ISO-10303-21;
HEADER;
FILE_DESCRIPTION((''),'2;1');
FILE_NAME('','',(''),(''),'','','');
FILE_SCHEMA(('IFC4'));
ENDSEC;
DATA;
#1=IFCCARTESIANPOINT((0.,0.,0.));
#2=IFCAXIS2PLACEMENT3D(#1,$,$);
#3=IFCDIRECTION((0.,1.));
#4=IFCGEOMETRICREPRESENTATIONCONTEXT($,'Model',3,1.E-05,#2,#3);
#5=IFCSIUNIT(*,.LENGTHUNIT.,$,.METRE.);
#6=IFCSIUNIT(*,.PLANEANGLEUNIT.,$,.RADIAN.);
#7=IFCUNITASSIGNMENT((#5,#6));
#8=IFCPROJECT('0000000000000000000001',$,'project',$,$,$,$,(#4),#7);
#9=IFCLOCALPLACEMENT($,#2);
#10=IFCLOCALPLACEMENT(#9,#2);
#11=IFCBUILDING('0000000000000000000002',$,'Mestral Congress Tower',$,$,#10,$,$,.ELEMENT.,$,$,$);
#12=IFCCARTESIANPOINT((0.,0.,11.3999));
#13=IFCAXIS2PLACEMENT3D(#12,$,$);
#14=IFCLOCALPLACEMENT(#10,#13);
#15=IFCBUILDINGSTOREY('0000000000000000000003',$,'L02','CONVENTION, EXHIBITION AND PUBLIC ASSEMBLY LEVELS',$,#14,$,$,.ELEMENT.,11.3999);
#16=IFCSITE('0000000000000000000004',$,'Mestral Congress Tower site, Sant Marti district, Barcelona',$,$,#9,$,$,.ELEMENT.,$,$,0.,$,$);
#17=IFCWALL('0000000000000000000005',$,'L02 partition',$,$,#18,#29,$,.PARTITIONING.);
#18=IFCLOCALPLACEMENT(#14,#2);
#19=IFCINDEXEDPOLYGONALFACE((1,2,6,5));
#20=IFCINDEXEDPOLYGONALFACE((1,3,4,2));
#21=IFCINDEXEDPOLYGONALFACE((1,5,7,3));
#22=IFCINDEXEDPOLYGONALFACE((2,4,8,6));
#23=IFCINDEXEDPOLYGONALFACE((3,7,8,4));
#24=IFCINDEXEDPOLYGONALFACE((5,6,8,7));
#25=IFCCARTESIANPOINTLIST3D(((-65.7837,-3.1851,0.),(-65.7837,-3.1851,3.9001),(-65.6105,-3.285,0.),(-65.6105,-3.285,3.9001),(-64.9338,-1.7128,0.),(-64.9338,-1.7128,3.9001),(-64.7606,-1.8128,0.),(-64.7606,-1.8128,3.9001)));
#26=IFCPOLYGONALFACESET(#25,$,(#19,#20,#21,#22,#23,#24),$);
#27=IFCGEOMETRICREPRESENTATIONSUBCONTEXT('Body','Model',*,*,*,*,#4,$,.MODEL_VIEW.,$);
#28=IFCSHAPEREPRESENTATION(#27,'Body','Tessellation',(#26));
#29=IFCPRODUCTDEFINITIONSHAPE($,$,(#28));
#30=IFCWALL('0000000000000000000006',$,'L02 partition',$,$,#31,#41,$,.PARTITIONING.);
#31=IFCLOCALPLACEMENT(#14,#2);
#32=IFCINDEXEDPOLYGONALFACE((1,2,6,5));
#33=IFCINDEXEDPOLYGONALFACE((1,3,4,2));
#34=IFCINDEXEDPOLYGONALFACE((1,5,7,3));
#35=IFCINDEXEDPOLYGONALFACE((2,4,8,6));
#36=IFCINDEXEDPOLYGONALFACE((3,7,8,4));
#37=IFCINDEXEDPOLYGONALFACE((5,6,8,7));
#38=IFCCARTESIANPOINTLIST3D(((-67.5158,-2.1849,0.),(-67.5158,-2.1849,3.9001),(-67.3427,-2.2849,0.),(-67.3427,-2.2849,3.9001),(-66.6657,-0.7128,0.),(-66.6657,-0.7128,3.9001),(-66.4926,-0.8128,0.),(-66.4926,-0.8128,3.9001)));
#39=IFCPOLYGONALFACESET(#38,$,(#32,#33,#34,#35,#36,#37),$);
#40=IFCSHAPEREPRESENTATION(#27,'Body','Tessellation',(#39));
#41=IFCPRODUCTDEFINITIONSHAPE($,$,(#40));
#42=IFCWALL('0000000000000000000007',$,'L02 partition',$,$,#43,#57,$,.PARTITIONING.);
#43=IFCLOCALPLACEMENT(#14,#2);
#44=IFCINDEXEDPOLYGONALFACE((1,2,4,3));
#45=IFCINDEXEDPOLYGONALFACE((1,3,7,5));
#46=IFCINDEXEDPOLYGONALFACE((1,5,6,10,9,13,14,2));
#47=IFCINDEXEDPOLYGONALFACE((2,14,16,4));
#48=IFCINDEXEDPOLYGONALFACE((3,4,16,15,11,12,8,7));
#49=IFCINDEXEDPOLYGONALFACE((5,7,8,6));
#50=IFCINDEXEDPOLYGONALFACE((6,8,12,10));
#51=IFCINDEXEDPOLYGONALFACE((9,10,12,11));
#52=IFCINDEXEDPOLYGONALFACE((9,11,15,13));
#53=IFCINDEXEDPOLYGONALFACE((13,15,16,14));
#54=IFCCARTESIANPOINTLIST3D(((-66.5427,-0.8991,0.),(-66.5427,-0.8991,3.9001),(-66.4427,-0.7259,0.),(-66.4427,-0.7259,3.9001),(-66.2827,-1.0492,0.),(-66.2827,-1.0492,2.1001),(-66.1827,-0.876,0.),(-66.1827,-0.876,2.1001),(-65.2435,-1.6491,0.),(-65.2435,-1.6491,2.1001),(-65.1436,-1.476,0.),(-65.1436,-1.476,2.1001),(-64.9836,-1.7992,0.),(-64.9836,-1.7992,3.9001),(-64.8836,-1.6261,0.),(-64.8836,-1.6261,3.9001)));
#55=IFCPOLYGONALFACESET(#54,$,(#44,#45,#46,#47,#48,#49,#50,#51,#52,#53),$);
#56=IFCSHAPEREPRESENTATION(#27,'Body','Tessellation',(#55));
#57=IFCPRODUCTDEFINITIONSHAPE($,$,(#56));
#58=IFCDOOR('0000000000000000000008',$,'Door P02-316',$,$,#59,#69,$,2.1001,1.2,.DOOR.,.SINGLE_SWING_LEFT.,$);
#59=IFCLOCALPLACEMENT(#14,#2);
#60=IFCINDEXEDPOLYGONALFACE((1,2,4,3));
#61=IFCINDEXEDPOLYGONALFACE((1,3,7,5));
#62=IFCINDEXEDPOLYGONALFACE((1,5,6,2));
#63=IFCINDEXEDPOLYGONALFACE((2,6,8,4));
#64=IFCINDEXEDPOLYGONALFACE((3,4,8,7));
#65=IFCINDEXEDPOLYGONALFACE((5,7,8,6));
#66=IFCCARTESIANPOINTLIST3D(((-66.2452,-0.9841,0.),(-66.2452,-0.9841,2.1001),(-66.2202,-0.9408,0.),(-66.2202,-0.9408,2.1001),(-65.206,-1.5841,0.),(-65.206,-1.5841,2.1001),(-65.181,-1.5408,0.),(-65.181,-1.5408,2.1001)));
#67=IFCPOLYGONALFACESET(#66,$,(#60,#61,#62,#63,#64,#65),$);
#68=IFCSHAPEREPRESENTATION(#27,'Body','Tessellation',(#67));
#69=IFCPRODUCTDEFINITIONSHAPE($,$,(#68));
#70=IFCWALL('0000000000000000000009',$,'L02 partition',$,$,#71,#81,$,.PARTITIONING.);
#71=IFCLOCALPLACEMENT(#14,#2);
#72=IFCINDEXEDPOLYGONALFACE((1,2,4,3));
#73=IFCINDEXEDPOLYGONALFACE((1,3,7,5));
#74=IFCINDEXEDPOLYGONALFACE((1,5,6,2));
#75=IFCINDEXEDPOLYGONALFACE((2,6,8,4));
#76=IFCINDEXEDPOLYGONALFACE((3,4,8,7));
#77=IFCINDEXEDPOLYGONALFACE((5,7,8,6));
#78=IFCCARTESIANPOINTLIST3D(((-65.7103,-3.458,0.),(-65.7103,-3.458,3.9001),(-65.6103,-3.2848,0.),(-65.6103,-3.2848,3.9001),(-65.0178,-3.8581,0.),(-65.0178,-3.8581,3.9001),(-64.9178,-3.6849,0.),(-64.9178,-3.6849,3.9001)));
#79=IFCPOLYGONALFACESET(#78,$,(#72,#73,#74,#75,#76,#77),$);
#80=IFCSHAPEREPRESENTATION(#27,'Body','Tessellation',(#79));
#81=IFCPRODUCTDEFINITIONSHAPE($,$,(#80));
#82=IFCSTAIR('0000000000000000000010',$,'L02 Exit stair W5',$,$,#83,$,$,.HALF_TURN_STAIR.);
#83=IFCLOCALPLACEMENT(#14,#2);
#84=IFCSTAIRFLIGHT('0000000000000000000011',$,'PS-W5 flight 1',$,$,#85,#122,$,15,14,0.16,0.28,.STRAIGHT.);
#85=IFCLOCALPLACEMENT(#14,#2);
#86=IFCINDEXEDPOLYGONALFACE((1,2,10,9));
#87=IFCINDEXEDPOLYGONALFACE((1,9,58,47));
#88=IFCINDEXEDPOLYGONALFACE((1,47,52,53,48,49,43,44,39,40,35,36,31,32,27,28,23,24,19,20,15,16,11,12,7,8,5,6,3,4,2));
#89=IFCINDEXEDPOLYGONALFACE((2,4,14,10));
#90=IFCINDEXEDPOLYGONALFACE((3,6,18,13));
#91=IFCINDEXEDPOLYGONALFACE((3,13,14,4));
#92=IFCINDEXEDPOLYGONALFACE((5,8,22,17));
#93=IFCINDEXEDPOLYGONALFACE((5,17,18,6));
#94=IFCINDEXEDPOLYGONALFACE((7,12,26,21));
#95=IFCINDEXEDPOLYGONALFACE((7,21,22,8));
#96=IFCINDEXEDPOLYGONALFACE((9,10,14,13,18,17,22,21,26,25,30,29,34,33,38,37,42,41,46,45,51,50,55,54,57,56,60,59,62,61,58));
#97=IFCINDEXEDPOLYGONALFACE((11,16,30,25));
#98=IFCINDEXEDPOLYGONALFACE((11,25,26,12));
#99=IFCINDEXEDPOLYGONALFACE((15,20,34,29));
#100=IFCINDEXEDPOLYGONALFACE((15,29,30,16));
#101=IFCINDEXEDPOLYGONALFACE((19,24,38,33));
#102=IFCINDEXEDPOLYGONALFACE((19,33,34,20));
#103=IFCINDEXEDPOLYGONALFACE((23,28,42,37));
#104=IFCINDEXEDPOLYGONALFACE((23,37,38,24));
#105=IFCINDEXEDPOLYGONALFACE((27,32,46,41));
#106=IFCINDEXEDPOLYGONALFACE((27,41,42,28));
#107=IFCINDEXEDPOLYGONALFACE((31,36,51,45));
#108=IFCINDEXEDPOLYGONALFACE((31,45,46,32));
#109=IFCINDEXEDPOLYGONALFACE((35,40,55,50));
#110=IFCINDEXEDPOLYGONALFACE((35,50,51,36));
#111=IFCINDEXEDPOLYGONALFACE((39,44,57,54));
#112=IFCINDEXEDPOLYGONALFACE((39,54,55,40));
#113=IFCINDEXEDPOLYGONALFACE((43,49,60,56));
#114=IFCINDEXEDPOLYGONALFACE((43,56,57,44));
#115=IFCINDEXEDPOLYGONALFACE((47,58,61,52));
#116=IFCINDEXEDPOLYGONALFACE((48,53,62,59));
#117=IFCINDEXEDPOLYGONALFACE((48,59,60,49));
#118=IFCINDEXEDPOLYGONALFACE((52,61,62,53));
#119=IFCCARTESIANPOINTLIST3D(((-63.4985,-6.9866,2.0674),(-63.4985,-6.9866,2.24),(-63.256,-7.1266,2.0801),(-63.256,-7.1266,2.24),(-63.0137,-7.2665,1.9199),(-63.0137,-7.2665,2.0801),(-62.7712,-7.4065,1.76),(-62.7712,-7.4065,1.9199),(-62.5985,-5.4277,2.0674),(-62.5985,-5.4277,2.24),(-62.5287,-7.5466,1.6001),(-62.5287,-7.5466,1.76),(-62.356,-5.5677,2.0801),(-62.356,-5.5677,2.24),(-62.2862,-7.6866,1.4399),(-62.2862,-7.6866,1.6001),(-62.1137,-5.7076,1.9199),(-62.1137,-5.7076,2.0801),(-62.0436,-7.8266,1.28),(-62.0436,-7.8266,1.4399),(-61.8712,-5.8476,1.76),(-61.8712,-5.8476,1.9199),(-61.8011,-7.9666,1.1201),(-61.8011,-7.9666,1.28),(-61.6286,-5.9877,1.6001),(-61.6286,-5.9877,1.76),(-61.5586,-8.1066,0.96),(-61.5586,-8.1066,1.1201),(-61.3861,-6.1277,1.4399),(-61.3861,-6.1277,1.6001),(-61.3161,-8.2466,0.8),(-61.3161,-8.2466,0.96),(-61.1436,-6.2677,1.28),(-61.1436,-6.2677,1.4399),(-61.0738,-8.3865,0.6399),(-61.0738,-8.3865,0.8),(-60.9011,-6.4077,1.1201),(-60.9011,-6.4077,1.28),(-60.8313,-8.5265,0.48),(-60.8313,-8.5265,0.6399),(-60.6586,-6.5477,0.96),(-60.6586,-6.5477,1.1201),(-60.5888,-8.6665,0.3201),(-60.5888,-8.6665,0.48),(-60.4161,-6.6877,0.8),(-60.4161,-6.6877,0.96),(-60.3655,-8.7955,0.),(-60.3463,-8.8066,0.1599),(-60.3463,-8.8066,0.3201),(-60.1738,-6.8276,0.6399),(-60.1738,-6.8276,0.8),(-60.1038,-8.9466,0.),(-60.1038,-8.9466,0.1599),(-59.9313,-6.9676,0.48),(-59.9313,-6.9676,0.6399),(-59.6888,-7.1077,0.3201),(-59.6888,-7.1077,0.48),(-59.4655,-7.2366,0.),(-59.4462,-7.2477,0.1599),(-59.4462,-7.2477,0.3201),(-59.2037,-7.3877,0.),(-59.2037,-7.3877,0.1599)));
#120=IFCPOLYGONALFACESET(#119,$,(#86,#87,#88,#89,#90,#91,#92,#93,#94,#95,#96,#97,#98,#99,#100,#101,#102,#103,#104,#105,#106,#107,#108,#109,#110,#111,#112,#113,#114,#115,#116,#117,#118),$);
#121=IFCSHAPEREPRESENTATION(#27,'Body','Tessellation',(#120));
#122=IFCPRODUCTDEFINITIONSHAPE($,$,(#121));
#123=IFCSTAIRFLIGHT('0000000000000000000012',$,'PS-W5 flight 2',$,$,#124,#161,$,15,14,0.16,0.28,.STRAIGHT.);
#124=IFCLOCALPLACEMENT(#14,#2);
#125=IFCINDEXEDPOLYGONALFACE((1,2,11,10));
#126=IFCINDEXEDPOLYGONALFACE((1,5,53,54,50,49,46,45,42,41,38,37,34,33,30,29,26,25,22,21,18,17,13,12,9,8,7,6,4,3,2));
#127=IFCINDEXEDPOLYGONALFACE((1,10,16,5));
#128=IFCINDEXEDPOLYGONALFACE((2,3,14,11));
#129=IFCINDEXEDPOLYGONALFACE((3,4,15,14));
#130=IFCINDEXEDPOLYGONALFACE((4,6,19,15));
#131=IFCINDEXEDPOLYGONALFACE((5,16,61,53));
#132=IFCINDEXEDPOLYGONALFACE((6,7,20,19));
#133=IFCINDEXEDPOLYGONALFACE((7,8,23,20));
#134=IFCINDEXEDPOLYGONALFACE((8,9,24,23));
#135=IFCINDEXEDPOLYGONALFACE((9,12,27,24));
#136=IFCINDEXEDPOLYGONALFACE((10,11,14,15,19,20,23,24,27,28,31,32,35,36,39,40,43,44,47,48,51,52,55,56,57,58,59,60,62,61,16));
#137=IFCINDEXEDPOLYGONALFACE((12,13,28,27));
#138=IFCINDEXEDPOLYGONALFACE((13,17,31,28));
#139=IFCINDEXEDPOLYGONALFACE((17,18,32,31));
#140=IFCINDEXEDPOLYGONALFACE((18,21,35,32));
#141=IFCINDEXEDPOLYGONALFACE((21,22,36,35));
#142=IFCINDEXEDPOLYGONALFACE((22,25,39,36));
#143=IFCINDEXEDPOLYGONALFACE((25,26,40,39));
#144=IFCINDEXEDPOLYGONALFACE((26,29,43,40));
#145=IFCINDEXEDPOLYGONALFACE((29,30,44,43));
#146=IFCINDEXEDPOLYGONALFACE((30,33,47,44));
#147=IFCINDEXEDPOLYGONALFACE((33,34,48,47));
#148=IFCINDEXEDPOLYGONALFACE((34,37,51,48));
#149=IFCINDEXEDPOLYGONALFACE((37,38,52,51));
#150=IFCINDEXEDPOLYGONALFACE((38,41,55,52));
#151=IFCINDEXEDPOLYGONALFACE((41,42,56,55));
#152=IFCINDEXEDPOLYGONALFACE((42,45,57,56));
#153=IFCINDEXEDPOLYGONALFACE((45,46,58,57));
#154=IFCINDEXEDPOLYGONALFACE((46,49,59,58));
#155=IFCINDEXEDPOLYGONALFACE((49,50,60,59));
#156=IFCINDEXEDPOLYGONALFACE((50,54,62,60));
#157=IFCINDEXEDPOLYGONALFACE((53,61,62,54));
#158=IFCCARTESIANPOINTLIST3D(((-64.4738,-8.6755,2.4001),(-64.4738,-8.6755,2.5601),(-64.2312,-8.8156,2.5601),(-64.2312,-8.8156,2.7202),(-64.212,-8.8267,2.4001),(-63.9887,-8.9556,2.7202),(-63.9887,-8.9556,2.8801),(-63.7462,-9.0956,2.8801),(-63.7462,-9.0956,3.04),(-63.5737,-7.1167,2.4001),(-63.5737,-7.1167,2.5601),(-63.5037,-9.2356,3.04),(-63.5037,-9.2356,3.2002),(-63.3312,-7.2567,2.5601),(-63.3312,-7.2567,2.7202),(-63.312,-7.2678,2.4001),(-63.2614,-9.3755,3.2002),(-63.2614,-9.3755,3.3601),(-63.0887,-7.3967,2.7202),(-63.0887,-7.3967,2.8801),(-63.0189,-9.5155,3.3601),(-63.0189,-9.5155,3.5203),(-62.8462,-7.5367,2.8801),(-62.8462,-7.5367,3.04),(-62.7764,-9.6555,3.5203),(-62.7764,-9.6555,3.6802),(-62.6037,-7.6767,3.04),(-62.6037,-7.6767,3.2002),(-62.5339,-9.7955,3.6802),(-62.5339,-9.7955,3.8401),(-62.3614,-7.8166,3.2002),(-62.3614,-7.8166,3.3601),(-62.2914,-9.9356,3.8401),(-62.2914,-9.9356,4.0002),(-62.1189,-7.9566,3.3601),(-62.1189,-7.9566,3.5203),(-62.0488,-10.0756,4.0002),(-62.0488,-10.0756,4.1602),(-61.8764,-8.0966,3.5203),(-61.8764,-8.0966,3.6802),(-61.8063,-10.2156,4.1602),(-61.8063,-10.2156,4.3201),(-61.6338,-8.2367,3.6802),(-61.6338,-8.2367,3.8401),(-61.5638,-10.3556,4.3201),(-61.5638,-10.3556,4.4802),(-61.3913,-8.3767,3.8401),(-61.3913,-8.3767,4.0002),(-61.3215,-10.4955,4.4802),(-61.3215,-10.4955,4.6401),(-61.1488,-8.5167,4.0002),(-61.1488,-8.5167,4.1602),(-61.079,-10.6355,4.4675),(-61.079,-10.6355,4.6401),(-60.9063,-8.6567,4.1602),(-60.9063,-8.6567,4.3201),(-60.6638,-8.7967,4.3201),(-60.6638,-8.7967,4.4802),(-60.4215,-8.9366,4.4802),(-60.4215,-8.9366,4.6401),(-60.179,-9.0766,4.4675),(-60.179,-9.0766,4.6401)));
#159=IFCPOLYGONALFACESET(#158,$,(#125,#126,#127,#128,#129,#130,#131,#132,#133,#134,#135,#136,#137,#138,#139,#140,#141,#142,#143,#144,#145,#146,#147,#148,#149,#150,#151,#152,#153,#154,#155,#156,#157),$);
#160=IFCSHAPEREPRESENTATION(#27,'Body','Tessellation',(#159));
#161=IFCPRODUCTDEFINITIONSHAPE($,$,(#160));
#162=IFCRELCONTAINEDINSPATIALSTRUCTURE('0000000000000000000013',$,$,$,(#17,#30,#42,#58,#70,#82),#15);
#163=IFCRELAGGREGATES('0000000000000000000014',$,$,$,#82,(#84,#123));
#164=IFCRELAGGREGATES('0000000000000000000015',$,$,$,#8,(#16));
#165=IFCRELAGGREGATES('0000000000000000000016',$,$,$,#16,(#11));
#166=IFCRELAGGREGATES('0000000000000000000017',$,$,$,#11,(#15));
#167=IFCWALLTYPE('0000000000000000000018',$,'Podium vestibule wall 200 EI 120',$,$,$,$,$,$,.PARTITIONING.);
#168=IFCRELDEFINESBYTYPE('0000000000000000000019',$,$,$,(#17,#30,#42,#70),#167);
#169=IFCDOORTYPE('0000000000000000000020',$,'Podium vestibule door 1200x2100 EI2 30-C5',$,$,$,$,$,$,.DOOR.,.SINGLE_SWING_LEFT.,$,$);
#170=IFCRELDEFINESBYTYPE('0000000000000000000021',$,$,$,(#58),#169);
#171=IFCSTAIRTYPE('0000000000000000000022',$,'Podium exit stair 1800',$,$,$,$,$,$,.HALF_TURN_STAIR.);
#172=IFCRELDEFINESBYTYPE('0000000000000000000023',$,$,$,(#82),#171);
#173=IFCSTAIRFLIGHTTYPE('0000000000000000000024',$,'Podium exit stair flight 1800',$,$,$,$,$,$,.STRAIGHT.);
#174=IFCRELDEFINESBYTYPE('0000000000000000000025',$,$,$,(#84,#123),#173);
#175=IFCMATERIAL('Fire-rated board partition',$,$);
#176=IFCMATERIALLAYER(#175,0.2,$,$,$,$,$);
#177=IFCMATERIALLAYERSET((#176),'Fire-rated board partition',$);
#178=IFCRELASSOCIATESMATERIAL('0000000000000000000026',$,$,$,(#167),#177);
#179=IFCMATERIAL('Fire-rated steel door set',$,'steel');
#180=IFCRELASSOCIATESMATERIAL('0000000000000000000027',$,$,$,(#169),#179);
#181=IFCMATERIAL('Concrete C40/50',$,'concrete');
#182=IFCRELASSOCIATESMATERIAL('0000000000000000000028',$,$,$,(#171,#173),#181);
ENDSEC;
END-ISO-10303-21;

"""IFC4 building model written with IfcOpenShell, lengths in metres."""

from ifc_helpers import new_model, si_unit, direction, frame, frame_2d, origin, place, context, subcontext, project, spatial, polyline, rectangle, outline, extrude, material, layer, layer_set, type_object, element, fill, aggregate, save


model = new_model("IFC4")

# Units and contexts
model_context = context("Model", 3, precision=1e-05, world=origin(), true_north=direction((0.0, 1.0)))
body_context = subcontext(model_context, "Body", "Model", "MODEL_VIEW")
ifc_project = project(units=[si_unit("LENGTHUNIT", "METRE"), si_unit("PLANEANGLEUNIT", "RADIAN")], contexts=[model_context])

# Site, building, storey
site_placement = place(None, origin())
site = spatial("IfcSite", under=ifc_project, at=site_placement, Name="Mestral Congress Tower site, Sant Marti district, Barcelona", CompositionType="ELEMENT", RefElevation=0.0)
building_placement = place(site_placement, origin())
building = spatial("IfcBuilding", under=site, at=building_placement, Name="Mestral Congress Tower", CompositionType="ELEMENT")
storey_placement = place(building_placement, frame((0.0, 0.0, 11.3999)))
storey = spatial("IfcBuildingStorey", under=building, at=storey_placement, Name="L02", Description="CONVENTION, EXHIBITION AND PUBLIC ASSEMBLY LEVELS", CompositionType="ELEMENT", Elevation=11.3999)

# Shared definitions
ifc_material_1 = material(Name="Fire-rated steel door set", Category="steel")

# Walls
ifc_material_2 = material(Name="Fire-rated board partition")
ifc_layer_1 = layer(ifc_material_2, 0.2)
ifc_layer_set_1 = layer_set([ifc_layer_1], Name="Fire-rated board partition")
wall_type_1 = type_object("IfcWallType", Name="Podium vestibule wall 200 EI 120", PredefinedType="PARTITIONING", material=ifc_layer_set_1)
for number, where, z_axis, x_axis, name in (
    (1, (-64.8472, -1.7627, 0.0), (0.0, 0.0, 1.0), (-0.499955, -0.866052, 0.0), "L02 partition"),
    (2, (-66.5791, -0.7627, 0.0), (0.0, 0.0, 1.0), (-0.500062, -0.865989, 0.0), "L02 partition"),
):
    element("IfcWall", number, at=place(storey_placement, frame(where, z_axis=z_axis, x_axis=x_axis)), inside=storey, type_object=wall_type_1, Name=name, PredefinedType="PARTITIONING", context=body_context, shape_type="SweptSolid", body=[
        extrude(rectangle(XDim=1.7, YDim=0.2, at=frame_2d((0.8501, 0.0))), origin(), (0.0, 0.0, 1.0), 3.9001),
    ])

# Wall, opening, door
wall_1_placement = place(storey_placement, frame((-64.9336, -1.7126, 0.0), z_axis=(0.0, 0.0, 1.0), x_axis=(-0.866023, 0.500004, 0.0)))
wall_1 = element("IfcWall", 3, at=wall_1_placement, inside=storey, type_object=wall_type_1, Name="L02 partition", PredefinedType="PARTITIONING", context=body_context, shape_type="SweptSolid", body=[
    extrude(rectangle(XDim=1.8003, YDim=0.2, at=frame_2d((0.9001, 0.0))), origin(), (0.0, 0.0, 1.0), 3.9001),
])
opening_1_placement = place(wall_1_placement, frame((0.3, 0.0, 0.0)))
opening_1 = element("IfcOpeningElement", 4, at=opening_1_placement, cuts=wall_1, PredefinedType="OPENING", context=body_context, shape_type="SweptSolid", body=[
    extrude(rectangle(XDim=1.2, YDim=2.1001, at=frame_2d((0.6001, 1.05))), frame((0.0, 0.1099, 0.0), z_axis=(0.0, -1.0, 0.0), x_axis=(1.0, 0.0, 0.0)), (0.0, 0.0, 1.0), 0.22),
])
door_type_1 = type_object("IfcDoorType", Name="Podium vestibule door 1200x2100 EI2 30-C5", OperationType="SINGLE_SWING_LEFT", PredefinedType="DOOR", material=ifc_material_1)
door_1_placement = place(opening_1_placement, origin())
door_1 = element("IfcDoor", 5, at=door_1_placement, inside=storey, type_object=door_type_1, Name="Door P02-316", OperationType="SINGLE_SWING_LEFT", OverallHeight=2.1001, OverallWidth=1.2, PredefinedType="DOOR", context=body_context, shape_type="SweptSolid", body=[
    extrude(rectangle(XDim=1.2, YDim=2.1001, at=frame_2d((0.6001, 1.05))), frame((0.0, 0.0249, 0.0), z_axis=(0.0, -1.0, 0.0), x_axis=(1.0, 0.0, 0.0)), (0.0, 0.0, 1.0), 0.05),
])
fill(opening_1, door_1)

# Wall
wall_2_placement = place(storey_placement, frame((-64.9678, -3.7715, 0.0), z_axis=(0.0, 0.0, 1.0), x_axis=(-0.865886, 0.500242, 0.0)))
element("IfcWall", 6, at=wall_2_placement, inside=storey, type_object=wall_type_1, Name="L02 partition", PredefinedType="PARTITIONING", context=body_context, shape_type="SweptSolid", body=[
    extrude(rectangle(XDim=0.7998, YDim=0.2, at=frame_2d((0.3999, 0.0))), origin(), (0.0, 0.0, 1.0), 3.9001),
])

# Stair, stair flights
ifc_material_3 = material(Name="Concrete C40/50", Category="concrete")
stair_type = type_object("IfcStairType", Name="Podium exit stair 1800", PredefinedType="HALF_TURN_STAIR", material=ifc_material_3)
placement = place(storey_placement, origin())
stair_1 = element("IfcStair", 7, at=placement, inside=storey, type_object=stair_type, Name="L02 Exit stair W5", PredefinedType="HALF_TURN_STAIR")
stair_flight_type = type_object("IfcStairFlightType", Name="Podium exit stair flight 1800", PredefinedType="STRAIGHT", material=ifc_material_3)
stair_flight_1_placement = place(storey_placement, frame((-59.6538, -8.1672, 0.0), z_axis=(0.0, 0.0, 1.0), x_axis=(-0.866025, 0.5, 0.0)))
stair_flight_1 = element("IfcStairFlight", 8, at=stair_flight_1_placement, type_object=stair_flight_type, Name="PS-W5 flight 1", NumberOfRisers=15, NumberOfTreads=14, PredefinedType="STRAIGHT", RiserHeight=0.16, TreadLength=0.28, context=body_context, shape_type="SweptSolid", body=[
    extrude(outline(polyline([(0.0, 0.0), (0.0, 0.1599), (0.28, 0.1599), (0.28, 0.3201), (0.5601, 0.3201), (0.5601, 0.48), (0.8401, 0.48), (0.8401, 0.6399), (1.1201, 0.6399), (1.1201, 0.8), (1.3999, 0.8), (1.3999, 0.96), (1.6799, 0.96), (1.6799, 1.1201), (1.96, 1.1201), (1.96, 1.28), (2.24, 1.28), (2.24, 1.4399), (2.52, 1.4399), (2.52, 1.6001), (2.8, 1.6001), (2.8, 1.76), (3.0801, 1.76), (3.0801, 1.9199), (3.3601, 1.9199), (3.3601, 2.0801), (3.6399, 2.0801), (3.6399, 2.24), (3.9199, 2.24), (3.9199, 2.3999), (3.9199, 2.0674), (0.3022, 0.0), (0.0, 0.0)])), frame((0.0, 0.8999, 0.0), z_axis=(0.0, -1.0, 0.0), x_axis=(1.0, 0.0, 0.0)), (0.0, 0.0, 1.0), 1.8),
])
stair_flight_2_placement = place(storey_placement, frame((-64.0237, -7.896, 2.4001), z_axis=(0.0, 0.0, 1.0), x_axis=(0.866025, -0.5, 0.0)))
stair_flight_2 = element("IfcStairFlight", 9, at=stair_flight_2_placement, type_object=stair_flight_type, Name="PS-W5 flight 2", NumberOfRisers=15, NumberOfTreads=14, PredefinedType="STRAIGHT", RiserHeight=0.16, TreadLength=0.28, context=body_context, shape_type="SweptSolid", body=[
    extrude(outline(polyline([(0.0, 0.0), (0.0, 0.1599), (0.28, 0.1599), (0.28, 0.3201), (0.5601, 0.3201), (0.5601, 0.48), (0.8401, 0.48), (0.8401, 0.6399), (1.1201, 0.6399), (1.1201, 0.8), (1.3999, 0.8), (1.3999, 0.96), (1.6799, 0.96), (1.6799, 1.1201), (1.96, 1.1201), (1.96, 1.28), (2.24, 1.28), (2.24, 1.4399), (2.52, 1.4399), (2.52, 1.6001), (2.8, 1.6001), (2.8, 1.76), (3.0801, 1.76), (3.0801, 1.9199), (3.3601, 1.9199), (3.3601, 2.0801), (3.6399, 2.0801), (3.6399, 2.24), (3.9199, 2.24), (3.9199, 2.3999), (3.9199, 2.0674), (0.3022, 0.0), (0.0, 0.0)])), frame((0.0, 0.8999, 0.0), z_axis=(0.0, -1.0, 0.0), x_axis=(1.0, 0.0, 0.0)), (0.0, 0.0, 1.0), 1.8),
])
aggregate(stair_1, [stair_flight_1, stair_flight_2])

save(model, "model.ifc")
